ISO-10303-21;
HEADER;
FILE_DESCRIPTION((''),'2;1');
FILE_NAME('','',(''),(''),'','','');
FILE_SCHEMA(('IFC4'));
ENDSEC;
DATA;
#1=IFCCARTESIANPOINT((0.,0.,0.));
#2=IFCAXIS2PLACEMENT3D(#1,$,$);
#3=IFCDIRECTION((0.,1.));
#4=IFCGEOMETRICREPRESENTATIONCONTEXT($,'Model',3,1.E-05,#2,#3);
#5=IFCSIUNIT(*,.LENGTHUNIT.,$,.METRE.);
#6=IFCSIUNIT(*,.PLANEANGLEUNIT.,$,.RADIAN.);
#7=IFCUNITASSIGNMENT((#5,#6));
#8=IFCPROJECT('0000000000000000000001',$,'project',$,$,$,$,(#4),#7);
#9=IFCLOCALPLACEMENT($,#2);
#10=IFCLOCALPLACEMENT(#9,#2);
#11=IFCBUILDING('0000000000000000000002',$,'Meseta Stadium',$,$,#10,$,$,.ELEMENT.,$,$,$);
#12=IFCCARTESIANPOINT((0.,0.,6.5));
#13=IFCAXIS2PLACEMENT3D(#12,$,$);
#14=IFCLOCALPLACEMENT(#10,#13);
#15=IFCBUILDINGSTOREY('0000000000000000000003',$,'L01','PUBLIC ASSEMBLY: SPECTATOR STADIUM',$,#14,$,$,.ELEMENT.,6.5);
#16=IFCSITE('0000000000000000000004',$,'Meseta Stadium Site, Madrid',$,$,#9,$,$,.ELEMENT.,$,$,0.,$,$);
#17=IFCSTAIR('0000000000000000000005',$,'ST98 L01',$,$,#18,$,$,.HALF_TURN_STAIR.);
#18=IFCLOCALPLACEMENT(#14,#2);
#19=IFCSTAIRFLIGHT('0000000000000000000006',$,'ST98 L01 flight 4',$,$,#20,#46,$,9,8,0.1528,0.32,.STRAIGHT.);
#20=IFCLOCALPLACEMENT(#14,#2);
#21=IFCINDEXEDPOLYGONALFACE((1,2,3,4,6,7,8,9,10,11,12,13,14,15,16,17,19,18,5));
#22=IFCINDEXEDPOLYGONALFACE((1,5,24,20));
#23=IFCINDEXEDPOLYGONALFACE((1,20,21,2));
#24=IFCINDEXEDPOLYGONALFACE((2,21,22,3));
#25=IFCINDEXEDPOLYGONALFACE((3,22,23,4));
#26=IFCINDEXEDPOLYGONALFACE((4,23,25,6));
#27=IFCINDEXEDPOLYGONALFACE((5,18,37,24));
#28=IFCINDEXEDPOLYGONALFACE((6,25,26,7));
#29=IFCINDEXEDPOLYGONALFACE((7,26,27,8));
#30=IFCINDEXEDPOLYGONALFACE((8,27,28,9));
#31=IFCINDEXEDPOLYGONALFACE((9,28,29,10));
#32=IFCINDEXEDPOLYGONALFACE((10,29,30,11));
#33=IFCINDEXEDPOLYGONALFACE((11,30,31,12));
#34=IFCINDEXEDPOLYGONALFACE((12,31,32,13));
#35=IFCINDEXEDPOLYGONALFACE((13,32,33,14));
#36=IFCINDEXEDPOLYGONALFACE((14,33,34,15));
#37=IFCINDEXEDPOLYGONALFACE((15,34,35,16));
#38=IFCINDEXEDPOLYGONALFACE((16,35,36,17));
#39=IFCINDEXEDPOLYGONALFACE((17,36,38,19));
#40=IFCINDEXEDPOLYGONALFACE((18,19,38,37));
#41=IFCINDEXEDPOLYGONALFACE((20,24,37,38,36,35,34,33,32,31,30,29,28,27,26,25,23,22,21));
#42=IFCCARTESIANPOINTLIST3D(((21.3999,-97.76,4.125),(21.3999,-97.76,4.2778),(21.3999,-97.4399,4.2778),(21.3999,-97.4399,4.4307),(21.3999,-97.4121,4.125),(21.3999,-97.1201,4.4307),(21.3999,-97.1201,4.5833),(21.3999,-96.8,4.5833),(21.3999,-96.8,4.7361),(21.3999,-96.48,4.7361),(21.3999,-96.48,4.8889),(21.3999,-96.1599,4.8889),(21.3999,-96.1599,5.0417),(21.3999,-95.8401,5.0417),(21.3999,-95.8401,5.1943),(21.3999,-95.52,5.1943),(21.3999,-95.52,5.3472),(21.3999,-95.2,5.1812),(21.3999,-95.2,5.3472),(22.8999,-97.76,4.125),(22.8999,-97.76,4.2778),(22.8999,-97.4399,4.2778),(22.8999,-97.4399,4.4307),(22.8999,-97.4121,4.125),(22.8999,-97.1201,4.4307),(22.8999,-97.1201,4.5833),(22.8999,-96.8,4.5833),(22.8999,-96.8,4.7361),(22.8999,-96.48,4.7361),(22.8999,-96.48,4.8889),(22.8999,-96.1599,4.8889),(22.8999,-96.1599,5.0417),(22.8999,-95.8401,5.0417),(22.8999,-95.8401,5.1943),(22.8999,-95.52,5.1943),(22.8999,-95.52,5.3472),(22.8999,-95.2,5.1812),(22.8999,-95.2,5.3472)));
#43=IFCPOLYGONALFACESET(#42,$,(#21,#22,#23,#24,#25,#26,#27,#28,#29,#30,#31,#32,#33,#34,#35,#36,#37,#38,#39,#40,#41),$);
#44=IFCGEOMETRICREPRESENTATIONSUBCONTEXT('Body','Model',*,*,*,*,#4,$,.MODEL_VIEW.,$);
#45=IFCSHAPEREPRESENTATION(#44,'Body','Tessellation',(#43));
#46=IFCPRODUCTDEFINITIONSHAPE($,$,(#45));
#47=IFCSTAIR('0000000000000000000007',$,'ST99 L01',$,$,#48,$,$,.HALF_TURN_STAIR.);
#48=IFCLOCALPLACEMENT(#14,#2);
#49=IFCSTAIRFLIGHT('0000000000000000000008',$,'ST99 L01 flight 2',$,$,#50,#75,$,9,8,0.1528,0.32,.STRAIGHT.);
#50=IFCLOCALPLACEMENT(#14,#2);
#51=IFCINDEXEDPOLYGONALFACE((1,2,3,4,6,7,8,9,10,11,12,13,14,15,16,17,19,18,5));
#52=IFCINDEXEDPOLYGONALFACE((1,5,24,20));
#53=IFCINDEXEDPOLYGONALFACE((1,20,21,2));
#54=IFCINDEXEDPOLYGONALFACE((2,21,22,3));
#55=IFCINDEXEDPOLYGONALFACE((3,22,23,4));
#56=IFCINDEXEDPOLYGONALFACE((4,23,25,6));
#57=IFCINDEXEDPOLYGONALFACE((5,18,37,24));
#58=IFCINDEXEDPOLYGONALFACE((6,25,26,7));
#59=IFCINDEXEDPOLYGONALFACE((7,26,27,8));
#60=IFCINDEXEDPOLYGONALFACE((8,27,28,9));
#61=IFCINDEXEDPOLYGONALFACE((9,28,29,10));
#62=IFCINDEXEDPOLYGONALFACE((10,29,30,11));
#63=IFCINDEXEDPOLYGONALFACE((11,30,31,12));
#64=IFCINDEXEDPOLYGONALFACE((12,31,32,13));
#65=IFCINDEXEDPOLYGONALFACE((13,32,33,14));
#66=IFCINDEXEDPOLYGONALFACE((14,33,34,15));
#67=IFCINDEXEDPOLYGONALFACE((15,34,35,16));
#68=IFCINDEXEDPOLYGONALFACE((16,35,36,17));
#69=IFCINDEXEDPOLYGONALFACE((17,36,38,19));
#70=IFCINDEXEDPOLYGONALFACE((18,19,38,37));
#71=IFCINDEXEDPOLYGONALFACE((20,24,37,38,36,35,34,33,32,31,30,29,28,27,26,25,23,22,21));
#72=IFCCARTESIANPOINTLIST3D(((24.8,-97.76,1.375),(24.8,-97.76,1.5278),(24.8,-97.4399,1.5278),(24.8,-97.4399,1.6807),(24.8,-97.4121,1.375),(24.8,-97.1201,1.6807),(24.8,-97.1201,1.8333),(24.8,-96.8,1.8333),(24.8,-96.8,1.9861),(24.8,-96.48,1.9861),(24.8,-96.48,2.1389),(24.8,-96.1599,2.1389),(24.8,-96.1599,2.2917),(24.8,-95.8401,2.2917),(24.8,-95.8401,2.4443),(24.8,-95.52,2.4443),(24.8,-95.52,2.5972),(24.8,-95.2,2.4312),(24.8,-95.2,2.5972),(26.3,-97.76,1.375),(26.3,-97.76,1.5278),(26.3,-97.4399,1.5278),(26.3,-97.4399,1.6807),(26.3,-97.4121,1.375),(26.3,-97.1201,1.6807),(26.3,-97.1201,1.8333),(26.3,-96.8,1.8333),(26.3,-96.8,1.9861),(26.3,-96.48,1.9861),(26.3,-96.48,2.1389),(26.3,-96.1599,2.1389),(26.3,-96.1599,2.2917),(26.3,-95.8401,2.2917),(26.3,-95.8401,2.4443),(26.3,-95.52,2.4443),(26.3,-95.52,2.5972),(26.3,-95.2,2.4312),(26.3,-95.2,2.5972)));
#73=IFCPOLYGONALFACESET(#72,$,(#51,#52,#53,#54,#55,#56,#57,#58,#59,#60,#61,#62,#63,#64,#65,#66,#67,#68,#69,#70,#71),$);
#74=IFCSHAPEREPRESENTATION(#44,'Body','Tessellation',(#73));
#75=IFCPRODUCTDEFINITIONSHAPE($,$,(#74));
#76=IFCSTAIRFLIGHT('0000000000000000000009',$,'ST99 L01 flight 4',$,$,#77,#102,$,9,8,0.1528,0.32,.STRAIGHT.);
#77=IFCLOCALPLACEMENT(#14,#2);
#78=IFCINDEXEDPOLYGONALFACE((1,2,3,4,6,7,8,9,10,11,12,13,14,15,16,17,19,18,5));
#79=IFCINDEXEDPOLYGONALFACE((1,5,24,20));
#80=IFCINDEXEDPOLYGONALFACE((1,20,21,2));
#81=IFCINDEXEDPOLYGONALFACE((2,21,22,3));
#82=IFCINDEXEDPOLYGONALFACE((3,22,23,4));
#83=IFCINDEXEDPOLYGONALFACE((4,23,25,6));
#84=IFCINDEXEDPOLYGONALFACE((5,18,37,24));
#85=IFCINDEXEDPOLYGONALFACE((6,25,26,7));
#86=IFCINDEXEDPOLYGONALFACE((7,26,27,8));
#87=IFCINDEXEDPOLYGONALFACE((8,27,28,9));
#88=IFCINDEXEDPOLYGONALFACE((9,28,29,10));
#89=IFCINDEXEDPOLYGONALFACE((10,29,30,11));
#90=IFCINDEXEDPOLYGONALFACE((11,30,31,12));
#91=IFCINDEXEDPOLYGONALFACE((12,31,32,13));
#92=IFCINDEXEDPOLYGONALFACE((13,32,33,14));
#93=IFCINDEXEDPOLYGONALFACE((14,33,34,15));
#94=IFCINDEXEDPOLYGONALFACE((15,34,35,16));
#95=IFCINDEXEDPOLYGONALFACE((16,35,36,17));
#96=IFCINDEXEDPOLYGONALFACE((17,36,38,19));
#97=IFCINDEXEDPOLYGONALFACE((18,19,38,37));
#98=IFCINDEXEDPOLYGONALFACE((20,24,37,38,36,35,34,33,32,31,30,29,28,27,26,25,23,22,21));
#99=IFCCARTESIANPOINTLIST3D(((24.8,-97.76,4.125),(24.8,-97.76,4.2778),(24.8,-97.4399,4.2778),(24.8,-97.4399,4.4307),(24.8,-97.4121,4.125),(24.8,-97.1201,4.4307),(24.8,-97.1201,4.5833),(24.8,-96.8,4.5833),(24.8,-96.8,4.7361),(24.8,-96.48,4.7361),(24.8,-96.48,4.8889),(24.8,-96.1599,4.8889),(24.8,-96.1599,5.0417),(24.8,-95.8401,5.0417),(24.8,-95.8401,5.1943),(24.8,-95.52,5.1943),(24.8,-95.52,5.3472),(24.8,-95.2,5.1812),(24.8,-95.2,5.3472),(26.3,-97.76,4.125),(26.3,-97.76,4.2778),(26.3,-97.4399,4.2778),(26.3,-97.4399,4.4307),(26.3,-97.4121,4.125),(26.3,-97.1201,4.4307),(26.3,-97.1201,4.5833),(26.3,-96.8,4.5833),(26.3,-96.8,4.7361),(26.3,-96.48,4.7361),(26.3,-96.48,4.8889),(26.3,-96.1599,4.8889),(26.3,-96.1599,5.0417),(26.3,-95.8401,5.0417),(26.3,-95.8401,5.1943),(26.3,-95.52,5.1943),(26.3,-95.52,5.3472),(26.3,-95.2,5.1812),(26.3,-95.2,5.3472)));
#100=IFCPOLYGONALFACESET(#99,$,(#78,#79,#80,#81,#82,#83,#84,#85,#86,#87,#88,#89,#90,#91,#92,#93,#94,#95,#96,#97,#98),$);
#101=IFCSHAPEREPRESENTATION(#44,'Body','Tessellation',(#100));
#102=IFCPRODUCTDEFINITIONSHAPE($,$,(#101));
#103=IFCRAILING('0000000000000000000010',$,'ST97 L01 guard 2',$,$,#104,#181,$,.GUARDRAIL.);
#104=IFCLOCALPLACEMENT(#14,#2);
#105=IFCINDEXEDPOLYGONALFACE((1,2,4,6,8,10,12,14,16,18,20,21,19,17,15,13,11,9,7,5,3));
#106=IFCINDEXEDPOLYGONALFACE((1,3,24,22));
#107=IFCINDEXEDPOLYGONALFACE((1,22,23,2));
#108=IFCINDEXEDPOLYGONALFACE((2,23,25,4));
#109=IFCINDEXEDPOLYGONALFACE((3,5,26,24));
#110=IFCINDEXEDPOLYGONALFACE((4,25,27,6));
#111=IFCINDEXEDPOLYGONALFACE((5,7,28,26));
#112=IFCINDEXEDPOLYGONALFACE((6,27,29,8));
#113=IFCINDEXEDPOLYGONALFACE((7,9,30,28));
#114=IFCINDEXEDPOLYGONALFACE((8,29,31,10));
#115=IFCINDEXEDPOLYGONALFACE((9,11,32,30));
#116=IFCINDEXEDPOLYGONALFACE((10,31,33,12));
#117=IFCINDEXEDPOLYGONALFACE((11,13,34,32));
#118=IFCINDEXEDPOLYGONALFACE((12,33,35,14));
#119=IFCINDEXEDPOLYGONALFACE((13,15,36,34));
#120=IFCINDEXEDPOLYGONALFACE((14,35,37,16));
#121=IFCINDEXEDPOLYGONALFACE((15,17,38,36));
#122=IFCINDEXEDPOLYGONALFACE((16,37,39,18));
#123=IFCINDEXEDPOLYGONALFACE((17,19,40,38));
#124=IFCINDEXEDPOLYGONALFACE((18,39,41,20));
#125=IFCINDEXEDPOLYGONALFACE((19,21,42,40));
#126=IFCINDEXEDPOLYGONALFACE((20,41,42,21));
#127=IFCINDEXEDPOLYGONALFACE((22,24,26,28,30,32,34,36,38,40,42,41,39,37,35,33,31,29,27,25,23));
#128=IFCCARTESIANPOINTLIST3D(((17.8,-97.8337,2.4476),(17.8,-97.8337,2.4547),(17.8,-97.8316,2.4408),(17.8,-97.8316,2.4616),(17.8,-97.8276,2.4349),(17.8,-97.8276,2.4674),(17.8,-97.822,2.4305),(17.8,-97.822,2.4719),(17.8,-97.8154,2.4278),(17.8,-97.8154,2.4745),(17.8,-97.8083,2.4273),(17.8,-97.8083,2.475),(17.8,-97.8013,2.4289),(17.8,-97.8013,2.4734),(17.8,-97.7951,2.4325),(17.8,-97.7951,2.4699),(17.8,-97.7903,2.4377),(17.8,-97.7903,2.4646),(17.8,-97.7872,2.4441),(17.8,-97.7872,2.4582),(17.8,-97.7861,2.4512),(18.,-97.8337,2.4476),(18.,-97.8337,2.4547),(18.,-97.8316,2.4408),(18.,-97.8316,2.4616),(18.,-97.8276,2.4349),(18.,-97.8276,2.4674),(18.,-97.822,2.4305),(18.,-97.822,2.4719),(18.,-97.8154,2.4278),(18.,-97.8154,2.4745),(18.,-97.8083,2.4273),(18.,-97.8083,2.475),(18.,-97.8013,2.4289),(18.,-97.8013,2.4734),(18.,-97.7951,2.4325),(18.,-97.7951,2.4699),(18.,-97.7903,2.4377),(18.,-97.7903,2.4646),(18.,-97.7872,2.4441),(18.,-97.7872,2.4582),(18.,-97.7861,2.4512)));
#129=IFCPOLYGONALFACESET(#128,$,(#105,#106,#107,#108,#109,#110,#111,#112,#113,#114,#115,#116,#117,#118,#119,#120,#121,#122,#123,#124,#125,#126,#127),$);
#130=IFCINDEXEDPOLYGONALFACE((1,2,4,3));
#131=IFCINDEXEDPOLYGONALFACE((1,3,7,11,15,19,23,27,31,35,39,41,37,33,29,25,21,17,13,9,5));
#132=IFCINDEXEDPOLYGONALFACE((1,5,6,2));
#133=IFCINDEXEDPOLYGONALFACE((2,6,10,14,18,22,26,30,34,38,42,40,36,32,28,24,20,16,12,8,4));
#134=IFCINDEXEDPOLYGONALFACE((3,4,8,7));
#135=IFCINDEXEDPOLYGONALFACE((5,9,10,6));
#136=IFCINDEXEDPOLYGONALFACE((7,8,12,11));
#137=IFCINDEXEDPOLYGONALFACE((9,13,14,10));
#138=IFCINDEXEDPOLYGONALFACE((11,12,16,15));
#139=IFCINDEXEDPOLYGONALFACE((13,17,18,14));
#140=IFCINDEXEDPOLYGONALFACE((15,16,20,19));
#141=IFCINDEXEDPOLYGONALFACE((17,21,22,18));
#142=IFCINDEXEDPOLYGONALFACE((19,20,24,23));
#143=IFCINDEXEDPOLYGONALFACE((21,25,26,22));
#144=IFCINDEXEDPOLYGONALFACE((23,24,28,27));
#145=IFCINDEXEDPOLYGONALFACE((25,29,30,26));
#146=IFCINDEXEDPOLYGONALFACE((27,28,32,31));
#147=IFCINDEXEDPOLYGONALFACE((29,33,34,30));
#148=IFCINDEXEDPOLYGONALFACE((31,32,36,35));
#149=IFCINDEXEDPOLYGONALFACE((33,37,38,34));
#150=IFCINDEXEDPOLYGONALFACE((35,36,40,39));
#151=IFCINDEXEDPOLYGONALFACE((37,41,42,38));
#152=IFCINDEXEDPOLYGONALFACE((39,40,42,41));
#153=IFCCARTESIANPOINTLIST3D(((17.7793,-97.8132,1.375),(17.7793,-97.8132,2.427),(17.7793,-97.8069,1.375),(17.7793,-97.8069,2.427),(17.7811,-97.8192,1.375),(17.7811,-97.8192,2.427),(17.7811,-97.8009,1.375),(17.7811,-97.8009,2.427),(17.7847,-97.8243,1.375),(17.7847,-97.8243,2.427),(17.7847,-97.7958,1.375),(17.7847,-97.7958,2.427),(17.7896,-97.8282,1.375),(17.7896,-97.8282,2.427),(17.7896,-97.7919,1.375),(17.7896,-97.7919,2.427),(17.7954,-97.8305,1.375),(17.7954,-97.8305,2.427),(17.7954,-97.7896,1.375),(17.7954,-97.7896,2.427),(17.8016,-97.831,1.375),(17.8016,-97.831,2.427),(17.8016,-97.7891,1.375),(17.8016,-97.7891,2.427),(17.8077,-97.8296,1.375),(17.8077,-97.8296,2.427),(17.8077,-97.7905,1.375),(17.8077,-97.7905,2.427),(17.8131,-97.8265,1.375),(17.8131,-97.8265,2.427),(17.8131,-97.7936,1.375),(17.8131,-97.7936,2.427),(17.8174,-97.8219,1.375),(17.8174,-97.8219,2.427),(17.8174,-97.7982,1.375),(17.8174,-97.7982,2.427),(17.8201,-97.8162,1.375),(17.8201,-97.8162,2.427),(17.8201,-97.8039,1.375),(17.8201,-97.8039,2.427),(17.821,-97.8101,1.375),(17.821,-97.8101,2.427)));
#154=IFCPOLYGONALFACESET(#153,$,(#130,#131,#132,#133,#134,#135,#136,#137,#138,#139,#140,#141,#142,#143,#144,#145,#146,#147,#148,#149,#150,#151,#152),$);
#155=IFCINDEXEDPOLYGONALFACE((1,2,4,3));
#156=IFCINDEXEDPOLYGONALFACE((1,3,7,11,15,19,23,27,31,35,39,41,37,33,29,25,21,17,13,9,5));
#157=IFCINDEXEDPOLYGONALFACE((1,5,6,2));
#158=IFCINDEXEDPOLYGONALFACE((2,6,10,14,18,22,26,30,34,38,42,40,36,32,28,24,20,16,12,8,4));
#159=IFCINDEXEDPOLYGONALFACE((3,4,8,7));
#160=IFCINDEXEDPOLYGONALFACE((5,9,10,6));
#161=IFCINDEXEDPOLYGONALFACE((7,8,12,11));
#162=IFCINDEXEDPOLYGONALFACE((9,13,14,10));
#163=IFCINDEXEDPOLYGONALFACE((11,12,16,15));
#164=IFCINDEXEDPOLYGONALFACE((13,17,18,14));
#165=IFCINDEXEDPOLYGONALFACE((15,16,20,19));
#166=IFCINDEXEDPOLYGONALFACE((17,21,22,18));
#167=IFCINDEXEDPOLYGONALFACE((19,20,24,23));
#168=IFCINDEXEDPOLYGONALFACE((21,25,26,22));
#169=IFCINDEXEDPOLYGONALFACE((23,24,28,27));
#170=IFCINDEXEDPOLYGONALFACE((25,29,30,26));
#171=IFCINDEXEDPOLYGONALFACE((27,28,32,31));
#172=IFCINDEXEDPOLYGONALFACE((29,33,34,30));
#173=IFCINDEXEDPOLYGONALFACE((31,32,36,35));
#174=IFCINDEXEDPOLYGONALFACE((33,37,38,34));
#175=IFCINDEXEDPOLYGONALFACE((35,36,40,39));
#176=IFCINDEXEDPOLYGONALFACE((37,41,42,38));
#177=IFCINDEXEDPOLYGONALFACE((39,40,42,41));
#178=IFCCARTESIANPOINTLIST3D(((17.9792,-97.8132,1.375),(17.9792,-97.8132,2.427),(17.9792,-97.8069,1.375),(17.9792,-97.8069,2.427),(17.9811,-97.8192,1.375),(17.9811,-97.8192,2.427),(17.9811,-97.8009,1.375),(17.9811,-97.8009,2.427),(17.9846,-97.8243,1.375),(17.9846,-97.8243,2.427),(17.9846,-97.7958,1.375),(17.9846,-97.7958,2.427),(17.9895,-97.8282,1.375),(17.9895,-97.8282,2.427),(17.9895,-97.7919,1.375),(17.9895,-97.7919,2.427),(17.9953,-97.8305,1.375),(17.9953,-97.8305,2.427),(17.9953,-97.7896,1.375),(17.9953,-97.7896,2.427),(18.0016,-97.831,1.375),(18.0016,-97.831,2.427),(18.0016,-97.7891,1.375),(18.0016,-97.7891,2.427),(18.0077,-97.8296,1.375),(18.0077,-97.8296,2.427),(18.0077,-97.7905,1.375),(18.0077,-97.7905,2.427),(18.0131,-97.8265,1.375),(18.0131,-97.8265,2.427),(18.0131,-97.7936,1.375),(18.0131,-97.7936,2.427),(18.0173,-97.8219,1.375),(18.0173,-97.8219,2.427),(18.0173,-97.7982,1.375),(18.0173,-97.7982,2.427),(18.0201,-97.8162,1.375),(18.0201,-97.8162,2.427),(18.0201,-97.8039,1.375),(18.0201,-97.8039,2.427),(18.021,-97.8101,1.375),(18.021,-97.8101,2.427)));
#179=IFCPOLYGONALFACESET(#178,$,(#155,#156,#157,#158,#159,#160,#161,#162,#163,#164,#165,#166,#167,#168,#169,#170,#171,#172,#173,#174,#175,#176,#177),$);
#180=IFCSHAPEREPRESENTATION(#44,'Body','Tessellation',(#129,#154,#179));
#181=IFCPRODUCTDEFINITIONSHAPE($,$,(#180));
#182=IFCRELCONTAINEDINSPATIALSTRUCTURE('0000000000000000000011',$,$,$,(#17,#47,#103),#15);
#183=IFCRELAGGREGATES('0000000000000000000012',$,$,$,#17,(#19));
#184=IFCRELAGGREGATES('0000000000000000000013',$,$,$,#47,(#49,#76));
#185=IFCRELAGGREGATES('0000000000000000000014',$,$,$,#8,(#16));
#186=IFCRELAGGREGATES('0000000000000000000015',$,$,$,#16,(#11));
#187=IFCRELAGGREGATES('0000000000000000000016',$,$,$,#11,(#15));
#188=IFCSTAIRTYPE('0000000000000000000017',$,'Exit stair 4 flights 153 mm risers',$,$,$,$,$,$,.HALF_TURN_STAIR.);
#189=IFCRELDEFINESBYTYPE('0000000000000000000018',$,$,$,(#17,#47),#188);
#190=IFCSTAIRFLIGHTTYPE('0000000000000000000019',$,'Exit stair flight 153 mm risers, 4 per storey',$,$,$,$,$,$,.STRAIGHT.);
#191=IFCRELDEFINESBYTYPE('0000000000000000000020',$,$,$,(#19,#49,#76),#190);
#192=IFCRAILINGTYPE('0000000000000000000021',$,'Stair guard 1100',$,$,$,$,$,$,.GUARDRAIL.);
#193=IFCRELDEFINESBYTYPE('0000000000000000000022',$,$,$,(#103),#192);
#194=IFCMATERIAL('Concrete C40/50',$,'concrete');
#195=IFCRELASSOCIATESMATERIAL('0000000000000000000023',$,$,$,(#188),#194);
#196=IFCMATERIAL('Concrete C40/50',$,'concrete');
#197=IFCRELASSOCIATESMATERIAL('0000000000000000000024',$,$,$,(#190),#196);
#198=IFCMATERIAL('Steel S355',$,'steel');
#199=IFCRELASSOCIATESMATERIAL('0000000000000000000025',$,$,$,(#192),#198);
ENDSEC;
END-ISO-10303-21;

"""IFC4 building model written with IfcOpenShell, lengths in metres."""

from ifc_helpers import new_model, si_unit, direction, frame, origin, origin_2d, place, context, subcontext, project, spatial, polyline, circle, outline, extrude, material, type_object, element, aggregate, save


model = new_model("IFC4")

# Units and contexts
model_context = context("Model", 3, precision=1e-05, world=origin(), true_north=direction((0.0, 1.0)))
body_context = subcontext(model_context, "Body", "Model", "MODEL_VIEW")
ifc_project = project(units=[si_unit("LENGTHUNIT", "METRE"), si_unit("PLANEANGLEUNIT", "RADIAN")], contexts=[model_context])

# Site, building, storey
site_placement = place(None, origin())
site = spatial("IfcSite", under=ifc_project, at=site_placement, Name="Meseta Stadium Site, Madrid", CompositionType="ELEMENT", RefElevation=0.0)
building_placement = place(site_placement, origin())
building = spatial("IfcBuilding", under=site, at=building_placement, Name="Meseta Stadium", CompositionType="ELEMENT")
storey_placement = place(building_placement, frame((0.0, 0.0, 6.5)))
storey = spatial("IfcBuildingStorey", under=building, at=storey_placement, Name="L01", Description="PUBLIC ASSEMBLY: SPECTATOR STADIUM", CompositionType="ELEMENT", Elevation=6.5)

# Stairs, stair flights
ifc_material_1 = material(Name="Concrete C40/50", Category="concrete")
stair_type = type_object("IfcStairType", Name="Exit stair 4 flights 153 mm risers", PredefinedType="HALF_TURN_STAIR", material=ifc_material_1)
ifc_material_2 = material(Name="Concrete C40/50", Category="concrete")
stair_flight_type = type_object("IfcStairFlightType", Name="Exit stair flight 153 mm risers, 4 per storey", PredefinedType="STRAIGHT", material=ifc_material_2)
stair_1_placement = place(storey_placement, origin())
stair_1 = element("IfcStair", 1, at=stair_1_placement, inside=storey, type_object=stair_type, Name="ST98 L01", PredefinedType="HALF_TURN_STAIR")
stair_flight_1_placement = place(storey_placement, frame((22.1499, -97.76, 4.125), z_axis=(0.0, 0.0, 1.0), x_axis=(0.0, 1.0, 0.0)))
stair_flight_1 = element("IfcStairFlight", 2, at=stair_flight_1_placement, type_object=stair_flight_type, Name="ST98 L01 flight 4", NumberOfRisers=9, NumberOfTreads=8, PredefinedType="STRAIGHT", RiserHeight=0.1528, TreadLength=0.32, context=body_context, shape_type="SweptSolid", body=[
    extrude(outline(polyline([(0.0, 0.0), (0.0, 0.1528), (0.3201, 0.1528), (0.3201, 0.3057), (0.6399, 0.3057), (0.6399, 0.4583), (0.96, 0.4583), (0.96, 0.6111), (1.28, 0.6111), (1.28, 0.7639), (1.6001, 0.7639), (1.6001, 0.9167), (1.9199, 0.9167), (1.9199, 1.0693), (2.24, 1.0693), (2.24, 1.2222), (2.5601, 1.2222), (2.5601, 1.0562), (0.3479, 0.0), (0.0, 0.0)])), frame((0.0, 0.75, 0.0), z_axis=(0.0, -1.0, 0.0), x_axis=(1.0, 0.0, 0.0)), (0.0, 0.0, 1.0), 1.5),
])
aggregate(stair_1, [stair_flight_1])
stair_2_placement = place(storey_placement, origin())
stair_2 = element("IfcStair", 3, at=stair_2_placement, inside=storey, type_object=stair_type, Name="ST99 L01", PredefinedType="HALF_TURN_STAIR")
stair_flight_2_placement = place(storey_placement, frame((25.55, -97.76, 1.375), z_axis=(0.0, 0.0, 1.0), x_axis=(0.0, 1.0, 0.0)))
stair_flight_2 = element("IfcStairFlight", 4, at=stair_flight_2_placement, type_object=stair_flight_type, Name="ST99 L01 flight 2", NumberOfRisers=9, NumberOfTreads=8, PredefinedType="STRAIGHT", RiserHeight=0.1528, TreadLength=0.32, context=body_context, shape_type="SweptSolid", body=[
    extrude(outline(polyline([(0.0, 0.0), (0.0, 0.1528), (0.3201, 0.1528), (0.3201, 0.3057), (0.6399, 0.3057), (0.6399, 0.4583), (0.96, 0.4583), (0.96, 0.6111), (1.28, 0.6111), (1.28, 0.7639), (1.6001, 0.7639), (1.6001, 0.9167), (1.9199, 0.9167), (1.9199, 1.0693), (2.24, 1.0693), (2.24, 1.2222), (2.5601, 1.2222), (2.5601, 1.0562), (0.3479, 0.0), (0.0, 0.0)])), frame((0.0, 0.75, 0.0), z_axis=(0.0, -1.0, 0.0), x_axis=(1.0, 0.0, 0.0)), (0.0, 0.0, 1.0), 1.5),
])
stair_flight_3_placement = place(storey_placement, frame((25.55, -97.76, 4.125), z_axis=(0.0, 0.0, 1.0), x_axis=(0.0, 1.0, 0.0)))
stair_flight_3 = element("IfcStairFlight", 5, at=stair_flight_3_placement, type_object=stair_flight_type, Name="ST99 L01 flight 4", NumberOfRisers=9, NumberOfTreads=8, PredefinedType="STRAIGHT", RiserHeight=0.1528, TreadLength=0.32, context=body_context, shape_type="SweptSolid", body=[
    extrude(outline(polyline([(0.0, 0.0), (0.0, 0.1528), (0.3201, 0.1528), (0.3201, 0.3057), (0.6399, 0.3057), (0.6399, 0.4583), (0.96, 0.4583), (0.96, 0.6111), (1.28, 0.6111), (1.28, 0.7639), (1.6001, 0.7639), (1.6001, 0.9167), (1.9199, 0.9167), (1.9199, 1.0693), (2.24, 1.0693), (2.24, 1.2222), (2.5601, 1.2222), (2.5601, 1.0562), (0.3479, 0.0), (0.0, 0.0)])), frame((0.0, 0.75, 0.0), z_axis=(0.0, -1.0, 0.0), x_axis=(1.0, 0.0, 0.0)), (0.0, 0.0, 1.0), 1.5),
])
aggregate(stair_2, [stair_flight_2, stair_flight_3])

# Railing
ifc_material_3 = material(Name="Steel S355", Category="steel")
railing_type_1 = type_object("IfcRailingType", Name="Stair guard 1100", PredefinedType="GUARDRAIL", material=ifc_material_3)
railing_1_placement = place(storey_placement, frame((17.8, -97.8101, 1.375)))
element("IfcRailing", 6, at=railing_1_placement, inside=storey, type_object=railing_type_1, Name="ST97 L01 guard 2", PredefinedType="GUARDRAIL", context=body_context, shape_type="SweptSolid", body=[
    extrude(circle(Radius=0.0239, at=origin_2d()), frame((0.0, 0.0, 1.0762), z_axis=(1.0, 0.0, 0.0), x_axis=(0.0, 1.0, 0.0)), (0.0, 0.0, 1.0), 0.2),
    extrude(circle(Radius=0.021, at=origin_2d()), origin(), (0.0, 0.0, 1.0), 1.052),
    extrude(circle(Radius=0.021, at=origin_2d()), frame((0.2, 0.0, 0.0)), (0.0, 0.0, 1.0), 1.052),
])

save(model, "model.ifc")
